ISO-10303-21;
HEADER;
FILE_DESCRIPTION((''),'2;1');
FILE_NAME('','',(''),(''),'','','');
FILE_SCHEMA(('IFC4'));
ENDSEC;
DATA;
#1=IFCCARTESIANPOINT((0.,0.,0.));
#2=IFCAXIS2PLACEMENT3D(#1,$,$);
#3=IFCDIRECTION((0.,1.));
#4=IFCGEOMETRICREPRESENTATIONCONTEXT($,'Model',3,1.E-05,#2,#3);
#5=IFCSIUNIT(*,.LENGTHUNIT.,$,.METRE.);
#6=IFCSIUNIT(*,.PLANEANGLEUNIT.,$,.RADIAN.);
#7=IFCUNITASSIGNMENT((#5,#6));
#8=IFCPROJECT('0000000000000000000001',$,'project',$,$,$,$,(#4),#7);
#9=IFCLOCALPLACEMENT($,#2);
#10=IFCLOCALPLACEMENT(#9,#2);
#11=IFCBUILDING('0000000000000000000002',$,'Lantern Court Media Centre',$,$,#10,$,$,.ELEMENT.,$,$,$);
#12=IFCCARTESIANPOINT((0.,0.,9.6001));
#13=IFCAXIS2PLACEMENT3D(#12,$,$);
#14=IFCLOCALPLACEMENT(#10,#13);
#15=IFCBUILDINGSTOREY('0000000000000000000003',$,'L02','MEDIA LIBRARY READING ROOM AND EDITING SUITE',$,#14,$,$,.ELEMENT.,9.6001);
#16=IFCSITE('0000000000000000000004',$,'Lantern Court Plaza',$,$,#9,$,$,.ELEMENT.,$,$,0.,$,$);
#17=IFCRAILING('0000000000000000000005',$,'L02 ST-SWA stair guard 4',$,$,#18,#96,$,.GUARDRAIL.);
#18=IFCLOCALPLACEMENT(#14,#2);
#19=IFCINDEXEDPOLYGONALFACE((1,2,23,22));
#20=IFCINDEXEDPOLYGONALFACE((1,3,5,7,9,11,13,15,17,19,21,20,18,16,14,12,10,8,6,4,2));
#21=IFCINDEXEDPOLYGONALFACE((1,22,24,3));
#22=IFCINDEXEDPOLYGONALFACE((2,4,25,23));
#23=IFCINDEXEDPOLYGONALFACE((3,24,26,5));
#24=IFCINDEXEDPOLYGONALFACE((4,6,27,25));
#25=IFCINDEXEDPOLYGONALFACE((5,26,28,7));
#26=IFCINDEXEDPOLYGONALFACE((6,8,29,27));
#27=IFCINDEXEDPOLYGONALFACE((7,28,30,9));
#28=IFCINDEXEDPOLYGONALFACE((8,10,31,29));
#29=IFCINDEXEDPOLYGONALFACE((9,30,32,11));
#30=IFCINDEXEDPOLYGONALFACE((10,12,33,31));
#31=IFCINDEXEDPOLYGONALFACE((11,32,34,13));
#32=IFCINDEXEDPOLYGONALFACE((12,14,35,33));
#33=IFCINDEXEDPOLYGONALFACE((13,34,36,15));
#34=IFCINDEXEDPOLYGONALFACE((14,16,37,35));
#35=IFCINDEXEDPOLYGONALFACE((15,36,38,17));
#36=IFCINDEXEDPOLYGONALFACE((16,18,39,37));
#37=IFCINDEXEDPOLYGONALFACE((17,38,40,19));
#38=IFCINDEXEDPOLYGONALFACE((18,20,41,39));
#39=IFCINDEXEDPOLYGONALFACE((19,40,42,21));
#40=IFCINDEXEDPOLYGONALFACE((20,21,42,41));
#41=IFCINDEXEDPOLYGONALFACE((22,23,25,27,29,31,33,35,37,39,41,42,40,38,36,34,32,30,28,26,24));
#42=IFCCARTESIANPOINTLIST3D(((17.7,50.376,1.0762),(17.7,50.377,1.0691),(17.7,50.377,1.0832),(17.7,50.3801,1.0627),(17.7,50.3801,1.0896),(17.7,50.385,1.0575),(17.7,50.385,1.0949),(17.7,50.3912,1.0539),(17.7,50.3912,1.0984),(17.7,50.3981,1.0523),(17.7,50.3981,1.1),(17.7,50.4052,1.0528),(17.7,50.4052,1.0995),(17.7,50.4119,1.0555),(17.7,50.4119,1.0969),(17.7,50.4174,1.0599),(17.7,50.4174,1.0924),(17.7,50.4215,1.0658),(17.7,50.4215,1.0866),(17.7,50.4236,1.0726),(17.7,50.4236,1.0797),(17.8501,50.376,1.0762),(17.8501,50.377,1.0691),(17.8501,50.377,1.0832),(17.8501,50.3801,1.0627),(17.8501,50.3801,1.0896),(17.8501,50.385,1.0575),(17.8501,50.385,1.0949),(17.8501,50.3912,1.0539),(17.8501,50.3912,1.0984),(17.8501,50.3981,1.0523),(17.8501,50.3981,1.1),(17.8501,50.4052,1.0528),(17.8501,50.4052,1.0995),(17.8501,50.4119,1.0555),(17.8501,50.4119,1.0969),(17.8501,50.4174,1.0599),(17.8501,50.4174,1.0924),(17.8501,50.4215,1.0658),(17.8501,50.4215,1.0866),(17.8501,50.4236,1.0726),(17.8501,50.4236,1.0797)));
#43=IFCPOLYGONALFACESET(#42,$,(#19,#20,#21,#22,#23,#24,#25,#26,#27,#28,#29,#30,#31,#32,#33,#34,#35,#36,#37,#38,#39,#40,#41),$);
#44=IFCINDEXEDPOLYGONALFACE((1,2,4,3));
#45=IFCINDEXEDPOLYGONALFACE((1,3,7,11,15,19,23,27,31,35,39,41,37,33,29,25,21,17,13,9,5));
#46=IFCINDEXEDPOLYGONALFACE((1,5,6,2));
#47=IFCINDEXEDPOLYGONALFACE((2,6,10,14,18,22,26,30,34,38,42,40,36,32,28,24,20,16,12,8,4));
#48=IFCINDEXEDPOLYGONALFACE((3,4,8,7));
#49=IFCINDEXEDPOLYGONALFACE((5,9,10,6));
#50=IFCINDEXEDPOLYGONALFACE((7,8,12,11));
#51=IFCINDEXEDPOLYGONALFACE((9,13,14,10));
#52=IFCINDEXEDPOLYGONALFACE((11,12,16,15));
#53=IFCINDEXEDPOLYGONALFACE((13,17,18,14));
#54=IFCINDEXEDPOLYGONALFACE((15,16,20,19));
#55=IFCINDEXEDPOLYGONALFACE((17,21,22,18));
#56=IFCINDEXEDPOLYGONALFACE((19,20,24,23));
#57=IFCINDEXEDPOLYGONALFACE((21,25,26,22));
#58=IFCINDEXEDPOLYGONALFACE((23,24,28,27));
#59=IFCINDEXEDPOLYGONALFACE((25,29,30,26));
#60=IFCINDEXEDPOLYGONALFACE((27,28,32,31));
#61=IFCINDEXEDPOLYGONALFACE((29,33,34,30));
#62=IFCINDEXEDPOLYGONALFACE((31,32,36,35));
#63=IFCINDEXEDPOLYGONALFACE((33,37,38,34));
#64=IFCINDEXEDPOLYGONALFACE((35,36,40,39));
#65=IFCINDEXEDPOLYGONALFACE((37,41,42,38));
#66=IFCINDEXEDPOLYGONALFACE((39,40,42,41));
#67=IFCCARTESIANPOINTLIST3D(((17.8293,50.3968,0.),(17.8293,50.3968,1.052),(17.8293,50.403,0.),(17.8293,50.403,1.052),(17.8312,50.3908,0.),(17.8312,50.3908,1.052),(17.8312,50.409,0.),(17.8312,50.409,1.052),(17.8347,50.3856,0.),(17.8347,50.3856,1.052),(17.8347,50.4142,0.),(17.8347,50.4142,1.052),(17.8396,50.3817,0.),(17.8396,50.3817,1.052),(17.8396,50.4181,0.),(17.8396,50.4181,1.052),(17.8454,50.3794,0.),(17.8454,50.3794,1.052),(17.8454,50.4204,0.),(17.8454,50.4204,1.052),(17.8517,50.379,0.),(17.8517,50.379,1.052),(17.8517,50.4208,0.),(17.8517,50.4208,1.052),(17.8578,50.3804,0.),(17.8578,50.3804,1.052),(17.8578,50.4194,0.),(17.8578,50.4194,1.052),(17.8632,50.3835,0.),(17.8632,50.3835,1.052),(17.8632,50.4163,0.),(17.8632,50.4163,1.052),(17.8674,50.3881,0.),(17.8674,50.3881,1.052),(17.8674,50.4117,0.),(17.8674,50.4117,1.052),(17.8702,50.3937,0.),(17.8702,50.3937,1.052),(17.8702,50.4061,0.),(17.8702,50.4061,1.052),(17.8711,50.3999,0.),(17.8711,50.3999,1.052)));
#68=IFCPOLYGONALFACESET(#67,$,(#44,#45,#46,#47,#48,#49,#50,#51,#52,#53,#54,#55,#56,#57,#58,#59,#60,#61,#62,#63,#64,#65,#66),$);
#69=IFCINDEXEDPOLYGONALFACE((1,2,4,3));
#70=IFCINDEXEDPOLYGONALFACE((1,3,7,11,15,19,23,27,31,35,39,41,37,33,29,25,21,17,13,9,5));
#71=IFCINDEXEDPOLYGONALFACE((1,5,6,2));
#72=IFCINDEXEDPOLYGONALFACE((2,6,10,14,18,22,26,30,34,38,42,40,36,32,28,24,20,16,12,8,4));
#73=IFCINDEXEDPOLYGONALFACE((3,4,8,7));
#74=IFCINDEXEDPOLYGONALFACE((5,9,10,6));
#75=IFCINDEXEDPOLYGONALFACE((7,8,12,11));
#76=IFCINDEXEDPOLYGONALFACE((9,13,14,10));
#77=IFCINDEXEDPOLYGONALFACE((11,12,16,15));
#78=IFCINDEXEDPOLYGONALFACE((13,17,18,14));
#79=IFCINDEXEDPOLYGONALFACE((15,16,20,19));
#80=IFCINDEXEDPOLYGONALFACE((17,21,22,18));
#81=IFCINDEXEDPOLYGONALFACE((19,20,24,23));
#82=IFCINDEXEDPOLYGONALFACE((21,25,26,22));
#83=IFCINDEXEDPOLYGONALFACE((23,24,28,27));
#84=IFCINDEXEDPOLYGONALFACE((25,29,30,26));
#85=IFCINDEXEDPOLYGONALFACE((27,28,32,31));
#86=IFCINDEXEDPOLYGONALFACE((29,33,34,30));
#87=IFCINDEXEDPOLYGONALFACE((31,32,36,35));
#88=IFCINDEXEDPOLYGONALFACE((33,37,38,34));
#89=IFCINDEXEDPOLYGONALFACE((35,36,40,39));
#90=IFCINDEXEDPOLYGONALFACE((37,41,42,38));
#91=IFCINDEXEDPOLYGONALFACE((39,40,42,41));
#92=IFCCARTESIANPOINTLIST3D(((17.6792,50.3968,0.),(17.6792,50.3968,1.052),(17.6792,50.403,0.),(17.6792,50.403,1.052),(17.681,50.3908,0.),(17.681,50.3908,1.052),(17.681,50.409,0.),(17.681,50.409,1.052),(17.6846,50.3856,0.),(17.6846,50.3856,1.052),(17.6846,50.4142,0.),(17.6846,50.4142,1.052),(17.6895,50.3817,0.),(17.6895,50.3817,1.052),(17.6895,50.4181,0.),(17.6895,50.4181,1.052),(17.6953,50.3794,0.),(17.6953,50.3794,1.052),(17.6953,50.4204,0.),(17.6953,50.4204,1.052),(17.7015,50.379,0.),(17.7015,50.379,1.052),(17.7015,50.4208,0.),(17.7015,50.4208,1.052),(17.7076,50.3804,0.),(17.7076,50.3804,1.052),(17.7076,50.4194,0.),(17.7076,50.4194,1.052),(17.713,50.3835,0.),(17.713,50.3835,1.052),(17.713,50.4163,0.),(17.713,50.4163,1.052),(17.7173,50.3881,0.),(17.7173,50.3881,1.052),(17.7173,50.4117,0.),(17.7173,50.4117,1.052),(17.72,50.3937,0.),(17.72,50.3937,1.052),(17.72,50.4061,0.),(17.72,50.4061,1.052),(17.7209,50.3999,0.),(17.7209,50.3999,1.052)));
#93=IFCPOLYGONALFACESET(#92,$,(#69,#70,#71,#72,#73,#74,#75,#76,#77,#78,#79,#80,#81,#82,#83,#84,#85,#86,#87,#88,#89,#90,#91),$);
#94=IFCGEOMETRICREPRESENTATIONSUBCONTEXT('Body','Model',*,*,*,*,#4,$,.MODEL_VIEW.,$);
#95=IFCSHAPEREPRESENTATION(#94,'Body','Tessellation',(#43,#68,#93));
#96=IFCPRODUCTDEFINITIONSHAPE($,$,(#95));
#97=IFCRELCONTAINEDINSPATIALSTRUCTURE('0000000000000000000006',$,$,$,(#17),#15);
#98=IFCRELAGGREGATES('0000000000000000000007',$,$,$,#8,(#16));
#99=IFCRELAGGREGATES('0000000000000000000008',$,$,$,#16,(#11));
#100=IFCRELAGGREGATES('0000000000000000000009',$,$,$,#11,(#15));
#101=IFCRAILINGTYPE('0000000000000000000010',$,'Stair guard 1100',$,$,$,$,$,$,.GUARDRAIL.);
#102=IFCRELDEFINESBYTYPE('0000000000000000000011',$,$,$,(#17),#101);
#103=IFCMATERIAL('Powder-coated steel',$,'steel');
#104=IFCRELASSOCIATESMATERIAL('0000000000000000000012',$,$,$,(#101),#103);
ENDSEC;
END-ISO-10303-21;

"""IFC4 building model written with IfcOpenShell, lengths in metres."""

from ifc_helpers import new_model, si_unit, direction, frame, origin, origin_2d, place, context, subcontext, project, spatial, circle, extrude, material, type_object, element, save


model = new_model("IFC4")

# Units and contexts
model_context = context("Model", 3, precision=1e-05, world=origin(), true_north=direction((0.0, 1.0)))
body_context = subcontext(model_context, "Body", "Model", "MODEL_VIEW")
ifc_project = project(units=[si_unit("LENGTHUNIT", "METRE"), si_unit("PLANEANGLEUNIT", "RADIAN")], contexts=[model_context])

# Site, building, storey
site_placement = place(None, origin())
site = spatial("IfcSite", under=ifc_project, at=site_placement, Name="Lantern Court Plaza", CompositionType="ELEMENT", RefElevation=0.0)
building_placement = place(site_placement, origin())
building = spatial("IfcBuilding", under=site, at=building_placement, Name="Lantern Court Media Centre", CompositionType="ELEMENT")
storey_placement = place(building_placement, frame((0.0, 0.0, 9.6001)))
storey = spatial("IfcBuildingStorey", under=building, at=storey_placement, Name="L02", Description="MEDIA LIBRARY READING ROOM AND EDITING SUITE", CompositionType="ELEMENT", Elevation=9.6001)

# Shared definitions
ifc_material_1 = material(Name="Powder-coated steel", Category="steel")

# Railing
railing_type_1 = type_object("IfcRailingType", Name="Stair guard 1100", PredefinedType="GUARDRAIL", material=ifc_material_1)
railing_1_placement = place(storey_placement, frame((17.8501, 50.3999, 0.0)))
element("IfcRailing", 1, at=railing_1_placement, inside=storey, type_object=railing_type_1, Name="L02 ST-SWA stair guard 4", PredefinedType="GUARDRAIL", context=body_context, shape_type="SweptSolid", body=[
    extrude(circle(Radius=0.0239, at=origin_2d()), frame((0.0, 0.0, 1.0762), z_axis=(-1.0, 0.0, 0.0), x_axis=(0.0, -1.0, 0.0)), (0.0, 0.0, 1.0), 0.1501),
    extrude(circle(Radius=0.021, at=origin_2d()), origin(), (0.0, 0.0, 1.0), 1.052),
    extrude(circle(Radius=0.021, at=origin_2d()), frame((-0.1501, 0.0, 0.0)), (0.0, 0.0, 1.0), 1.052),
])

save(model, "model.ifc")
